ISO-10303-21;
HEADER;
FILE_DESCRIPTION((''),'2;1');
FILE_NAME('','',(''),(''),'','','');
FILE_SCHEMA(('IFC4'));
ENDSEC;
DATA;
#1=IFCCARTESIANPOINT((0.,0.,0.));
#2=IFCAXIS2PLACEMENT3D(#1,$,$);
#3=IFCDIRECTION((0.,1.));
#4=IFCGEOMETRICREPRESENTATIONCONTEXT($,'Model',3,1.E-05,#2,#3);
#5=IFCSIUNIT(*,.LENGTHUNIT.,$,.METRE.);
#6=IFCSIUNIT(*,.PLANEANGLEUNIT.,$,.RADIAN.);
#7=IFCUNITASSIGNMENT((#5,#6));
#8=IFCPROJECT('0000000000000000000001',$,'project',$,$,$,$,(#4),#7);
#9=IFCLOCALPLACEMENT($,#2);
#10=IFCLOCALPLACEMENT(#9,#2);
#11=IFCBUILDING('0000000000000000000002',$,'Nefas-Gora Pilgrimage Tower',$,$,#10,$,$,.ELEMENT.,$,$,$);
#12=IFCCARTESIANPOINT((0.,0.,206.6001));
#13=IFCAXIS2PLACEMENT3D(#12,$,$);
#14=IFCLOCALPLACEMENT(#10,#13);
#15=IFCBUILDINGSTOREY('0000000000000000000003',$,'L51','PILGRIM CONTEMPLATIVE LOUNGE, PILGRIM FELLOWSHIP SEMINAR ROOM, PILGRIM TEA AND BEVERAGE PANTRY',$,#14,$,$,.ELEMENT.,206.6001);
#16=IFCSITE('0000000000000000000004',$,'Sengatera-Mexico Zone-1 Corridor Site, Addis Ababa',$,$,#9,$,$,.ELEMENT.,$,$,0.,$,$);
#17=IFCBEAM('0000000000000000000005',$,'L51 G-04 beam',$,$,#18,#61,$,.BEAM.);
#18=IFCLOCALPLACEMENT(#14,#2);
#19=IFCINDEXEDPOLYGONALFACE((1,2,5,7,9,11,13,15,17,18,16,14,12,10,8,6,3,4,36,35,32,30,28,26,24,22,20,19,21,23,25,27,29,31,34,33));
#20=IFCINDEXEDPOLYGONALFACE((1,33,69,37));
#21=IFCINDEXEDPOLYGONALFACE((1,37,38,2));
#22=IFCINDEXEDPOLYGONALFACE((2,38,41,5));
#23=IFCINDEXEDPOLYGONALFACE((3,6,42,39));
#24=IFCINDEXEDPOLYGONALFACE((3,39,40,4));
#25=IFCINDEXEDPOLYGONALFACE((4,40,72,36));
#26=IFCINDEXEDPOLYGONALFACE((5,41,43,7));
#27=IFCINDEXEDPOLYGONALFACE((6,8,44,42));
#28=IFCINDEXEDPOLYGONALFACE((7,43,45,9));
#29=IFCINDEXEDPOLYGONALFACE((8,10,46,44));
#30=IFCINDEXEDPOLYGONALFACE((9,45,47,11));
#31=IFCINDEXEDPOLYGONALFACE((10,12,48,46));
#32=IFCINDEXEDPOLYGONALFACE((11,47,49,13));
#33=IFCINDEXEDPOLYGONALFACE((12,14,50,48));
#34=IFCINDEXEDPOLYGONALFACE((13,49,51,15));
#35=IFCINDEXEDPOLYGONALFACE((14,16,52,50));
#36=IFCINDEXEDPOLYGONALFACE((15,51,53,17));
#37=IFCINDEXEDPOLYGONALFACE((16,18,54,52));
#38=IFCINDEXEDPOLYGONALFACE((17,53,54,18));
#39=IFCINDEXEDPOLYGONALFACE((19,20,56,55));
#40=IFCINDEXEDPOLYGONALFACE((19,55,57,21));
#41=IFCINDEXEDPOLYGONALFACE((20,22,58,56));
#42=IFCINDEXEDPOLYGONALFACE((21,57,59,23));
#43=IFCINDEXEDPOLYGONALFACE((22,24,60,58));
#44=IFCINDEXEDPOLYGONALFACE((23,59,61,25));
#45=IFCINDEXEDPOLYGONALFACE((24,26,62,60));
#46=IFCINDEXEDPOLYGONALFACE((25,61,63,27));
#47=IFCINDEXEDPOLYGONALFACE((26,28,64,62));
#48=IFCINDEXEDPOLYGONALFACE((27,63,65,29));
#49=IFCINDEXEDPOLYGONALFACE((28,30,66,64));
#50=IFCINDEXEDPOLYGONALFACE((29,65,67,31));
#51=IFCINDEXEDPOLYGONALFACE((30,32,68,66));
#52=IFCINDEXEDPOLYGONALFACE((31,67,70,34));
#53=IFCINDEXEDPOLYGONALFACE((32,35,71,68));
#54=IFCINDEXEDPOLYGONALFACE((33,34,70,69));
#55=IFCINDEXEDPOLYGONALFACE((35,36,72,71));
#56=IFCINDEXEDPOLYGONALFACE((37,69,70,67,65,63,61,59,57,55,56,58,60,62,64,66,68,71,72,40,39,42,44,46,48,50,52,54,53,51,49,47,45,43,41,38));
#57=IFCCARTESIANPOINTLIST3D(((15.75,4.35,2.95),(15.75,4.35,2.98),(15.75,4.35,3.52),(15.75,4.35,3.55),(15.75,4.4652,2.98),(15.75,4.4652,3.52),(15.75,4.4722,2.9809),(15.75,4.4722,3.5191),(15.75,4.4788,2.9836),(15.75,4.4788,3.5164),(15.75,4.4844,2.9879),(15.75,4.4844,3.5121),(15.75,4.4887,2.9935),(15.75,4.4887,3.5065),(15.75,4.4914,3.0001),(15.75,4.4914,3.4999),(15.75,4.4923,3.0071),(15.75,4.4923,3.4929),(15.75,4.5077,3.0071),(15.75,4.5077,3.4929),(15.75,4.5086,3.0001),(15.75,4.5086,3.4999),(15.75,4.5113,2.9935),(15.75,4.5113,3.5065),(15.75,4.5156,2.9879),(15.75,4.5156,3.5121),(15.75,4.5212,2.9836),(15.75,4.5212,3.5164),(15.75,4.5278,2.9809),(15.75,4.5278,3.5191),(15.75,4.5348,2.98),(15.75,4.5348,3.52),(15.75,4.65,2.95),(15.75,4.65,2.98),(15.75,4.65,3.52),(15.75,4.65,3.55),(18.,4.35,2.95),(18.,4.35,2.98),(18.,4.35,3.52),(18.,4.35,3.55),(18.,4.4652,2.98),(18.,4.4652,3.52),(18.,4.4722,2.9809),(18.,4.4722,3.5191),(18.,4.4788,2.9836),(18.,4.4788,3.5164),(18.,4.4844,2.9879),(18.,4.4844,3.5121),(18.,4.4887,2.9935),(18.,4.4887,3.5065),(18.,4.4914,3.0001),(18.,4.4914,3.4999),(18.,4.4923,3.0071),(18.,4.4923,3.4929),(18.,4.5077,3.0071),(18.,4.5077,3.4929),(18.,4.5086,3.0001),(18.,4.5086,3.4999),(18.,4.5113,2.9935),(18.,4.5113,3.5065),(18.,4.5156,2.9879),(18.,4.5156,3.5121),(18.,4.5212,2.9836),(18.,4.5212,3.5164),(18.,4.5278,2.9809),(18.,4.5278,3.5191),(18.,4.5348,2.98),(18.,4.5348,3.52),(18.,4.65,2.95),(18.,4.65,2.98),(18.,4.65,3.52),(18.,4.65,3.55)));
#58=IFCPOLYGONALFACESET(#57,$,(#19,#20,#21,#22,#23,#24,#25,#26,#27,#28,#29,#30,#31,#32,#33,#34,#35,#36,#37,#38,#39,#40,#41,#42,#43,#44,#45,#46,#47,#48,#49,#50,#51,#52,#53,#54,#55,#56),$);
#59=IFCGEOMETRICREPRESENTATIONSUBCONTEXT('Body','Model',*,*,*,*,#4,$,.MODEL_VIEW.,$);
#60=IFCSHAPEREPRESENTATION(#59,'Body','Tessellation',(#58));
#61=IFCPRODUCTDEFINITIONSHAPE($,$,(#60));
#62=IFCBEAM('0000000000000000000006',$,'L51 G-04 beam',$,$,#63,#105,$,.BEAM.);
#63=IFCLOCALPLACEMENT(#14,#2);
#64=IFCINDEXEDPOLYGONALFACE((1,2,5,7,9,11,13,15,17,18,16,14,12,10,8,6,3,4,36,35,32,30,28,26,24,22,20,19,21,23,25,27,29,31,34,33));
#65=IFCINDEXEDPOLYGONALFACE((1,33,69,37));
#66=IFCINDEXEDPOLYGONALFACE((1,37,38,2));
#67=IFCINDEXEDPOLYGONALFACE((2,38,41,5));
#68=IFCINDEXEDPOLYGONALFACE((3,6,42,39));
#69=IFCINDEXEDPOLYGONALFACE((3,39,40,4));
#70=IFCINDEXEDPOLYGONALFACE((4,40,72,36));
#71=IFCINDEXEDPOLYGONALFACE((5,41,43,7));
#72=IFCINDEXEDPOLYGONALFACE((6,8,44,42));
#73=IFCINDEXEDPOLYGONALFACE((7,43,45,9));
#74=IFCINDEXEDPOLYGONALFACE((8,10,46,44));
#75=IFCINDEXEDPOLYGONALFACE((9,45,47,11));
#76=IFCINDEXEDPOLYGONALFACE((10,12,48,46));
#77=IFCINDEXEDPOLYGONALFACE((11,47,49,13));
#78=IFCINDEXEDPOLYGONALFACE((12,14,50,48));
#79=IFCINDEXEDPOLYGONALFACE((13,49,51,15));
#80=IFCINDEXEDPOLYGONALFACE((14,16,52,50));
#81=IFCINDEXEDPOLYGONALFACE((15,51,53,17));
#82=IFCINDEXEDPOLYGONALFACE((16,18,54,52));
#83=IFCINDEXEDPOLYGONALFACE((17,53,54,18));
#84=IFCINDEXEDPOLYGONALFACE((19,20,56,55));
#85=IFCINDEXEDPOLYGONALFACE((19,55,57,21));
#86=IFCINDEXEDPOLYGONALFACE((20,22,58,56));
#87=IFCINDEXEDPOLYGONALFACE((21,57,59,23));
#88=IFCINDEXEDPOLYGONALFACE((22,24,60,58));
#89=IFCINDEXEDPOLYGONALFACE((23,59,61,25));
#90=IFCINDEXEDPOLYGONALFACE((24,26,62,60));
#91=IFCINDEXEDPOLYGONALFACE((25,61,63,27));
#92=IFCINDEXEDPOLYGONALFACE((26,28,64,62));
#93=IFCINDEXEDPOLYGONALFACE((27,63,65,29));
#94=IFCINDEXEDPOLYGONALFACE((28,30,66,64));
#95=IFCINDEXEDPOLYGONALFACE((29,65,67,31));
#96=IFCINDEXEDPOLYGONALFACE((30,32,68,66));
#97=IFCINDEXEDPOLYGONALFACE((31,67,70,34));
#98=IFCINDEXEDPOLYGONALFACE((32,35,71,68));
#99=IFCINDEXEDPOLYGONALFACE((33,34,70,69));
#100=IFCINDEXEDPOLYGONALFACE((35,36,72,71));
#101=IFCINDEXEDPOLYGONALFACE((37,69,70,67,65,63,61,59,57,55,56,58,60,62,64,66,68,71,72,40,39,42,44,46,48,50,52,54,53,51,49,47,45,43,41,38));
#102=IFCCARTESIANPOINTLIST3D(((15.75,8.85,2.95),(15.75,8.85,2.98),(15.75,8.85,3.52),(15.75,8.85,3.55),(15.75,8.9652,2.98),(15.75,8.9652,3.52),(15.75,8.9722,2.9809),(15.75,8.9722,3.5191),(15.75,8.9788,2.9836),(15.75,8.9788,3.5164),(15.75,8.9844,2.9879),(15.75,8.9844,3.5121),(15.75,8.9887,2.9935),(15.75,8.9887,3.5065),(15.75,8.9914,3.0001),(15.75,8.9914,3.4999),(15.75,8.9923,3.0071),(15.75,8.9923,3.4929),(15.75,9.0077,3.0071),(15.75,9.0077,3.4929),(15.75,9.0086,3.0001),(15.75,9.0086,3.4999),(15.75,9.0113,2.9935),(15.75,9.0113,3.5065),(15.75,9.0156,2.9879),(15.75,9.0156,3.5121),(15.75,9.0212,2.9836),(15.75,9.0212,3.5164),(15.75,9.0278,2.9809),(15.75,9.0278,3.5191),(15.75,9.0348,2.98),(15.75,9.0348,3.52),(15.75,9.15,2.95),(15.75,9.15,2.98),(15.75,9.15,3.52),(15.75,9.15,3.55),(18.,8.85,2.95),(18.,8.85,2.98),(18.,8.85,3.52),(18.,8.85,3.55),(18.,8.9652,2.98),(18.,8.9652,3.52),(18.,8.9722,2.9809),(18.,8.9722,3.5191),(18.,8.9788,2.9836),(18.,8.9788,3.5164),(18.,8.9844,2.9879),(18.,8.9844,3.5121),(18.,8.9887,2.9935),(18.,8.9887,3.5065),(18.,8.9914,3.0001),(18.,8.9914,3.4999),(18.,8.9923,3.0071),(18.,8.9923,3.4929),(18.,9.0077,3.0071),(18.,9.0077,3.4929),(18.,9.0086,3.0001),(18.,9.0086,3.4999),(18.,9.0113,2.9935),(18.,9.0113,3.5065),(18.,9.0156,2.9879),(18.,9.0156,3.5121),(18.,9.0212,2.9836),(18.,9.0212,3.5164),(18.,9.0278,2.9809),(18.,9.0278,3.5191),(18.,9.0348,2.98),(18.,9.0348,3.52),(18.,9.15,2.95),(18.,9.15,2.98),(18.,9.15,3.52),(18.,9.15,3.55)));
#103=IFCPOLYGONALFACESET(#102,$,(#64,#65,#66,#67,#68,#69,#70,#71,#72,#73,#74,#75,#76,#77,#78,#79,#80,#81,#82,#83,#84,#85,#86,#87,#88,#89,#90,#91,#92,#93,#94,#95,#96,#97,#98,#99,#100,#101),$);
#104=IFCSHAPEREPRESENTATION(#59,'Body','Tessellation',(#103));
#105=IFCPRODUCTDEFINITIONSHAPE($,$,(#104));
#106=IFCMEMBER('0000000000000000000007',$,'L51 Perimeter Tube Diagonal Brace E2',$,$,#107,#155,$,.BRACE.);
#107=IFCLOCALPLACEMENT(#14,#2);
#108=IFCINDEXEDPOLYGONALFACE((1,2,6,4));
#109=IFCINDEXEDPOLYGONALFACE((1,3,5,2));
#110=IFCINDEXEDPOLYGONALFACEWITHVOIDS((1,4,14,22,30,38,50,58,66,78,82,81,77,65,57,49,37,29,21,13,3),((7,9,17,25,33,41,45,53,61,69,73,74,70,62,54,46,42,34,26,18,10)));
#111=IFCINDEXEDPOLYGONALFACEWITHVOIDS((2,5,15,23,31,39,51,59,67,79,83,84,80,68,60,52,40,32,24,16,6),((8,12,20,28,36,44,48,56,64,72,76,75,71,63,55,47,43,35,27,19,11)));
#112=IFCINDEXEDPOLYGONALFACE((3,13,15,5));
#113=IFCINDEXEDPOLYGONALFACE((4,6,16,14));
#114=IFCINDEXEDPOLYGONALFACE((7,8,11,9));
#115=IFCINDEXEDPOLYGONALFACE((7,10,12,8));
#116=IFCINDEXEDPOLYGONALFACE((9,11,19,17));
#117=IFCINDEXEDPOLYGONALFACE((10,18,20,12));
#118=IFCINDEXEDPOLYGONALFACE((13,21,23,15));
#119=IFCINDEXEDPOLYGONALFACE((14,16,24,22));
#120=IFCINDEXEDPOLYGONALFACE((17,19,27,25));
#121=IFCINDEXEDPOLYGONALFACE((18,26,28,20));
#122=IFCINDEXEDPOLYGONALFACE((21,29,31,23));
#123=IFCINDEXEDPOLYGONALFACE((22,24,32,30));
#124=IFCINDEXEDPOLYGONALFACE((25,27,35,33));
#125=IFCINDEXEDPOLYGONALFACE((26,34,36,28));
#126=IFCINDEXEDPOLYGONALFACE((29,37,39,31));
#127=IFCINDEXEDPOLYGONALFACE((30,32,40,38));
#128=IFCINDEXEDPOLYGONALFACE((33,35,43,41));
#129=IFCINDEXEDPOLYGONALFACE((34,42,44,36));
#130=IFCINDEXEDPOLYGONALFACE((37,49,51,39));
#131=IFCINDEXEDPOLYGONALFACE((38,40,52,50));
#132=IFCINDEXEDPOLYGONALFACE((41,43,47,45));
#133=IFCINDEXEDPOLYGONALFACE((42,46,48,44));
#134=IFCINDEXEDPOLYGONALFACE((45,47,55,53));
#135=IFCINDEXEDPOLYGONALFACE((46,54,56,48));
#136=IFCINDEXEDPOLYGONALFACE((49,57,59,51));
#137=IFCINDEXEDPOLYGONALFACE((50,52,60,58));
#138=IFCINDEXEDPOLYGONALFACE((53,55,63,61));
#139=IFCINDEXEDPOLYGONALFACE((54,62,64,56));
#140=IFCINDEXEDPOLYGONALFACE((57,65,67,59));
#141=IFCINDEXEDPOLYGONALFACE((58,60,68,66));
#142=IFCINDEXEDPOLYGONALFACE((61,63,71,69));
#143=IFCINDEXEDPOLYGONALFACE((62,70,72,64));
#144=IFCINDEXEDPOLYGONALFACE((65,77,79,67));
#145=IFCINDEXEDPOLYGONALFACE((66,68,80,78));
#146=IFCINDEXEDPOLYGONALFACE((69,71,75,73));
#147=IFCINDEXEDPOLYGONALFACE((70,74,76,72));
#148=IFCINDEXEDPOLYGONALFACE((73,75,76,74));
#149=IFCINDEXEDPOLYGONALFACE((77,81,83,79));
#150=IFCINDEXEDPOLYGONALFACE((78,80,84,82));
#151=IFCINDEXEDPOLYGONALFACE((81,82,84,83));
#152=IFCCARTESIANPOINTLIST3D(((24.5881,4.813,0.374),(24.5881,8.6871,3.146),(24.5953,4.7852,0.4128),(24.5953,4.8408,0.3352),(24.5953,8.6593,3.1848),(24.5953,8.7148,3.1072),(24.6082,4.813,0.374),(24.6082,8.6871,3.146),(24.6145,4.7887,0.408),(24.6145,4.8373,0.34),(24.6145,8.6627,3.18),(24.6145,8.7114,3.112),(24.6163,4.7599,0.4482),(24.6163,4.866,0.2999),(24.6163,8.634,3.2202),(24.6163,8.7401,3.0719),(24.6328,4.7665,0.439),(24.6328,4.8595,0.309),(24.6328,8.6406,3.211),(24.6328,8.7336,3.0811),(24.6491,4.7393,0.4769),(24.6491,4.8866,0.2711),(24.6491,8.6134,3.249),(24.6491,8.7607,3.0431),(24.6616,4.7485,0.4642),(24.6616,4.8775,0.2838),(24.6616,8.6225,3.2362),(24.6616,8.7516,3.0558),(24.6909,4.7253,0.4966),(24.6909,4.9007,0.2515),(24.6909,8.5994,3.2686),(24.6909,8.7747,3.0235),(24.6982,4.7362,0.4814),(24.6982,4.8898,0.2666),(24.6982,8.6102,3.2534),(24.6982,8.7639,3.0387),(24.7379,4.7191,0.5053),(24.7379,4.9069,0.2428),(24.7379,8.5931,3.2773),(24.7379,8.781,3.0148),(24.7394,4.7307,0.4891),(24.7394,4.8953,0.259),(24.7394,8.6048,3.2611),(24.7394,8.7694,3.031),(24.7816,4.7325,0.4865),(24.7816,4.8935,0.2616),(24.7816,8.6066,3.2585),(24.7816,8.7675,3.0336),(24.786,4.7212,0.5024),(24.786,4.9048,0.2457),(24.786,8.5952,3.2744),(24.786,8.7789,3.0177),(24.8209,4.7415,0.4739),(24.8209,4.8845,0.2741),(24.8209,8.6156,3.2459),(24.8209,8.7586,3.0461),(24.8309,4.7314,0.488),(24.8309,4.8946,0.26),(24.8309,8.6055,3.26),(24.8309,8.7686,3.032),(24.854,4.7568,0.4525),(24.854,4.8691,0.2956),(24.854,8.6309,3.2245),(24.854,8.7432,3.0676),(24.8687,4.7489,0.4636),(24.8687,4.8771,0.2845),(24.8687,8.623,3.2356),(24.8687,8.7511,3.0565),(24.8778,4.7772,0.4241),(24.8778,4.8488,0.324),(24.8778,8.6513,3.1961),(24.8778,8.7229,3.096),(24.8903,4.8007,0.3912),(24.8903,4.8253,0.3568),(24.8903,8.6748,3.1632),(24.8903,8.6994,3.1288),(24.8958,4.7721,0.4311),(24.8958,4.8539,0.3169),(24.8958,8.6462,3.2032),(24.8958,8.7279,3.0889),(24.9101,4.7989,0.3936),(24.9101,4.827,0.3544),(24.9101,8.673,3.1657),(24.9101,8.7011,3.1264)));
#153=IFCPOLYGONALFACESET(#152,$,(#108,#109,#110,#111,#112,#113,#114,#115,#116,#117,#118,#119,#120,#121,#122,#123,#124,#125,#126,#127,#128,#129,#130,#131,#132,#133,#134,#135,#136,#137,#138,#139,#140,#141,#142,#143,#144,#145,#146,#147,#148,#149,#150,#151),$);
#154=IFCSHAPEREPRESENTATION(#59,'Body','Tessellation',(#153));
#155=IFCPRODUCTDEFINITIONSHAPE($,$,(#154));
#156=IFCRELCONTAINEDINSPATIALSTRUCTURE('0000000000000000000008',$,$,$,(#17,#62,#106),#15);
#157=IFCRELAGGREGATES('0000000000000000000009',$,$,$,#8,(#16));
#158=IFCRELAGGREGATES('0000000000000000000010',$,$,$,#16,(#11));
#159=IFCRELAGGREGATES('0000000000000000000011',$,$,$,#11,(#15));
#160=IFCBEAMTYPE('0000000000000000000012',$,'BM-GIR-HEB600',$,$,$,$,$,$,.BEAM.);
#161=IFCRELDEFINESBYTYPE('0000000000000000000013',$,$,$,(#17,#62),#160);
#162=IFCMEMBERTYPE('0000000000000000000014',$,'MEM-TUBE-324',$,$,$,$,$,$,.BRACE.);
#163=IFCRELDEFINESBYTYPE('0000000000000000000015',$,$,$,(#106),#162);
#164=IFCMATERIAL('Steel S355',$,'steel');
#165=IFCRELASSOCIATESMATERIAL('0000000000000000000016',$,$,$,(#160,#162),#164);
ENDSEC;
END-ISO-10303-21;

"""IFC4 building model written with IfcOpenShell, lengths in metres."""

from ifc_helpers import new_model, si_unit, direction, frame, origin, origin_2d, place, context, subcontext, project, spatial, hollow_circle, i_section, extrude, source, transform, mapped, material, material_profile, profile_set, type_object, element, save


model = new_model("IFC4")

# Units and contexts
model_context = context("Model", 3, precision=1e-05, world=origin(), true_north=direction((0.0, 1.0)))
body_context = subcontext(model_context, "Body", "Model", "MODEL_VIEW")
ifc_project = project(units=[si_unit("LENGTHUNIT", "METRE"), si_unit("PLANEANGLEUNIT", "RADIAN")], contexts=[model_context])

# Site, building, storey
site_placement = place(None, origin())
site = spatial("IfcSite", under=ifc_project, at=site_placement, Name="Sengatera-Mexico Zone-1 Corridor Site, Addis Ababa", CompositionType="ELEMENT", RefElevation=0.0)
building_placement = place(site_placement, origin())
building = spatial("IfcBuilding", under=site, at=building_placement, Name="Nefas-Gora Pilgrimage Tower", CompositionType="ELEMENT")
storey_placement = place(building_placement, frame((0.0, 0.0, 206.6001)))
storey = spatial("IfcBuildingStorey", under=building, at=storey_placement, Name="L51", Description="PILGRIM CONTEMPLATIVE LOUNGE, PILGRIM FELLOWSHIP SEMINAR ROOM, PILGRIM TEA AND BEVERAGE PANTRY", CompositionType="ELEMENT", Elevation=206.6001)

# Beams
ifc_material_1 = material(Name="Steel S355", Category="steel")
ifc_material_profile_1 = material_profile(ifc_material_1, i_section(OverallWidth=0.3, OverallDepth=0.6001, WebThickness=0.0154, FlangeThickness=0.03, FilletRadius=0.0271, at=origin_2d()), Name="HEB 600")
ifc_profile_set_1 = profile_set([ifc_material_profile_1], Name="Steel S355")
beam_type_1 = type_object("IfcBeamType", Name="BM-GIR-HEB600", PredefinedType="BEAM", material=ifc_profile_set_1)
shared_shape_1 = source(origin(), body_context, "Body", "SweptSolid", [
    extrude(i_section(OverallWidth=0.3, OverallDepth=0.6001, WebThickness=0.0154, FlangeThickness=0.03, FilletRadius=0.0271, at=origin_2d()), origin(), (0.0, 0.0, 1.0), 2.25),
])
for number, where, z_axis, x_axis, name in (
    (1, (15.75, 4.5, 3.25), (1.0, 0.0, 0.0), (0.0, 1.0, 0.0), "L51 G-04 beam"),
    (2, (15.75, 9.0, 3.25), (1.0, 0.0, 0.0), (0.0, 1.0, 0.0), "L51 G-04 beam"),
):
    element("IfcBeam", number, at=place(storey_placement, frame(where, z_axis=z_axis, x_axis=x_axis)), inside=storey, type_object=beam_type_1, Name=name, PredefinedType="BEAM", context=body_context, shape_type="MappedRepresentation", body=[
        mapped(shared_shape_1, transform((0.0, 0.0, 0.0), x_axis=(1.0, 0.0, 0.0), y_axis=(0.0, 1.0, 0.0), z_axis=(0.0, 0.0, 1.0), scale=1.0)),
    ])

# Member
ifc_material_profile_2 = material_profile(ifc_material_1, hollow_circle(Radius=0.1619, WallThickness=0.02, at=origin_2d()), Name="CHS 323.9x20")
ifc_profile_set_2 = profile_set([ifc_material_profile_2], Name="Steel S355")
member_type_1 = type_object("IfcMemberType", Name="MEM-TUBE-324", PredefinedType="BRACE", material=ifc_profile_set_2)
shared_shape_2 = source(origin(), body_context, "Body", "SweptSolid", [
    extrude(hollow_circle(Radius=0.1619, WallThickness=0.02, at=origin_2d()), origin(), (0.0, 0.0, 1.0), 4.7637),
])
member_1_placement = place(storey_placement, frame((24.75, 4.813, 0.374), z_axis=(0.0, 0.813255, 0.581907), x_axis=(-1.0, 0.0, 0.0)))
element("IfcMember", 3, at=member_1_placement, inside=storey, type_object=member_type_1, Name="L51 Perimeter Tube Diagonal Brace E2", PredefinedType="BRACE", context=body_context, shape_type="MappedRepresentation", body=[
    mapped(shared_shape_2, transform((0.0, 0.0, 0.0), x_axis=(1.0, 0.0, 0.0), y_axis=(0.0, 1.0, 0.0), z_axis=(0.0, 0.0, 1.0), scale=1.0)),
])

save(model, "model.ifc")
